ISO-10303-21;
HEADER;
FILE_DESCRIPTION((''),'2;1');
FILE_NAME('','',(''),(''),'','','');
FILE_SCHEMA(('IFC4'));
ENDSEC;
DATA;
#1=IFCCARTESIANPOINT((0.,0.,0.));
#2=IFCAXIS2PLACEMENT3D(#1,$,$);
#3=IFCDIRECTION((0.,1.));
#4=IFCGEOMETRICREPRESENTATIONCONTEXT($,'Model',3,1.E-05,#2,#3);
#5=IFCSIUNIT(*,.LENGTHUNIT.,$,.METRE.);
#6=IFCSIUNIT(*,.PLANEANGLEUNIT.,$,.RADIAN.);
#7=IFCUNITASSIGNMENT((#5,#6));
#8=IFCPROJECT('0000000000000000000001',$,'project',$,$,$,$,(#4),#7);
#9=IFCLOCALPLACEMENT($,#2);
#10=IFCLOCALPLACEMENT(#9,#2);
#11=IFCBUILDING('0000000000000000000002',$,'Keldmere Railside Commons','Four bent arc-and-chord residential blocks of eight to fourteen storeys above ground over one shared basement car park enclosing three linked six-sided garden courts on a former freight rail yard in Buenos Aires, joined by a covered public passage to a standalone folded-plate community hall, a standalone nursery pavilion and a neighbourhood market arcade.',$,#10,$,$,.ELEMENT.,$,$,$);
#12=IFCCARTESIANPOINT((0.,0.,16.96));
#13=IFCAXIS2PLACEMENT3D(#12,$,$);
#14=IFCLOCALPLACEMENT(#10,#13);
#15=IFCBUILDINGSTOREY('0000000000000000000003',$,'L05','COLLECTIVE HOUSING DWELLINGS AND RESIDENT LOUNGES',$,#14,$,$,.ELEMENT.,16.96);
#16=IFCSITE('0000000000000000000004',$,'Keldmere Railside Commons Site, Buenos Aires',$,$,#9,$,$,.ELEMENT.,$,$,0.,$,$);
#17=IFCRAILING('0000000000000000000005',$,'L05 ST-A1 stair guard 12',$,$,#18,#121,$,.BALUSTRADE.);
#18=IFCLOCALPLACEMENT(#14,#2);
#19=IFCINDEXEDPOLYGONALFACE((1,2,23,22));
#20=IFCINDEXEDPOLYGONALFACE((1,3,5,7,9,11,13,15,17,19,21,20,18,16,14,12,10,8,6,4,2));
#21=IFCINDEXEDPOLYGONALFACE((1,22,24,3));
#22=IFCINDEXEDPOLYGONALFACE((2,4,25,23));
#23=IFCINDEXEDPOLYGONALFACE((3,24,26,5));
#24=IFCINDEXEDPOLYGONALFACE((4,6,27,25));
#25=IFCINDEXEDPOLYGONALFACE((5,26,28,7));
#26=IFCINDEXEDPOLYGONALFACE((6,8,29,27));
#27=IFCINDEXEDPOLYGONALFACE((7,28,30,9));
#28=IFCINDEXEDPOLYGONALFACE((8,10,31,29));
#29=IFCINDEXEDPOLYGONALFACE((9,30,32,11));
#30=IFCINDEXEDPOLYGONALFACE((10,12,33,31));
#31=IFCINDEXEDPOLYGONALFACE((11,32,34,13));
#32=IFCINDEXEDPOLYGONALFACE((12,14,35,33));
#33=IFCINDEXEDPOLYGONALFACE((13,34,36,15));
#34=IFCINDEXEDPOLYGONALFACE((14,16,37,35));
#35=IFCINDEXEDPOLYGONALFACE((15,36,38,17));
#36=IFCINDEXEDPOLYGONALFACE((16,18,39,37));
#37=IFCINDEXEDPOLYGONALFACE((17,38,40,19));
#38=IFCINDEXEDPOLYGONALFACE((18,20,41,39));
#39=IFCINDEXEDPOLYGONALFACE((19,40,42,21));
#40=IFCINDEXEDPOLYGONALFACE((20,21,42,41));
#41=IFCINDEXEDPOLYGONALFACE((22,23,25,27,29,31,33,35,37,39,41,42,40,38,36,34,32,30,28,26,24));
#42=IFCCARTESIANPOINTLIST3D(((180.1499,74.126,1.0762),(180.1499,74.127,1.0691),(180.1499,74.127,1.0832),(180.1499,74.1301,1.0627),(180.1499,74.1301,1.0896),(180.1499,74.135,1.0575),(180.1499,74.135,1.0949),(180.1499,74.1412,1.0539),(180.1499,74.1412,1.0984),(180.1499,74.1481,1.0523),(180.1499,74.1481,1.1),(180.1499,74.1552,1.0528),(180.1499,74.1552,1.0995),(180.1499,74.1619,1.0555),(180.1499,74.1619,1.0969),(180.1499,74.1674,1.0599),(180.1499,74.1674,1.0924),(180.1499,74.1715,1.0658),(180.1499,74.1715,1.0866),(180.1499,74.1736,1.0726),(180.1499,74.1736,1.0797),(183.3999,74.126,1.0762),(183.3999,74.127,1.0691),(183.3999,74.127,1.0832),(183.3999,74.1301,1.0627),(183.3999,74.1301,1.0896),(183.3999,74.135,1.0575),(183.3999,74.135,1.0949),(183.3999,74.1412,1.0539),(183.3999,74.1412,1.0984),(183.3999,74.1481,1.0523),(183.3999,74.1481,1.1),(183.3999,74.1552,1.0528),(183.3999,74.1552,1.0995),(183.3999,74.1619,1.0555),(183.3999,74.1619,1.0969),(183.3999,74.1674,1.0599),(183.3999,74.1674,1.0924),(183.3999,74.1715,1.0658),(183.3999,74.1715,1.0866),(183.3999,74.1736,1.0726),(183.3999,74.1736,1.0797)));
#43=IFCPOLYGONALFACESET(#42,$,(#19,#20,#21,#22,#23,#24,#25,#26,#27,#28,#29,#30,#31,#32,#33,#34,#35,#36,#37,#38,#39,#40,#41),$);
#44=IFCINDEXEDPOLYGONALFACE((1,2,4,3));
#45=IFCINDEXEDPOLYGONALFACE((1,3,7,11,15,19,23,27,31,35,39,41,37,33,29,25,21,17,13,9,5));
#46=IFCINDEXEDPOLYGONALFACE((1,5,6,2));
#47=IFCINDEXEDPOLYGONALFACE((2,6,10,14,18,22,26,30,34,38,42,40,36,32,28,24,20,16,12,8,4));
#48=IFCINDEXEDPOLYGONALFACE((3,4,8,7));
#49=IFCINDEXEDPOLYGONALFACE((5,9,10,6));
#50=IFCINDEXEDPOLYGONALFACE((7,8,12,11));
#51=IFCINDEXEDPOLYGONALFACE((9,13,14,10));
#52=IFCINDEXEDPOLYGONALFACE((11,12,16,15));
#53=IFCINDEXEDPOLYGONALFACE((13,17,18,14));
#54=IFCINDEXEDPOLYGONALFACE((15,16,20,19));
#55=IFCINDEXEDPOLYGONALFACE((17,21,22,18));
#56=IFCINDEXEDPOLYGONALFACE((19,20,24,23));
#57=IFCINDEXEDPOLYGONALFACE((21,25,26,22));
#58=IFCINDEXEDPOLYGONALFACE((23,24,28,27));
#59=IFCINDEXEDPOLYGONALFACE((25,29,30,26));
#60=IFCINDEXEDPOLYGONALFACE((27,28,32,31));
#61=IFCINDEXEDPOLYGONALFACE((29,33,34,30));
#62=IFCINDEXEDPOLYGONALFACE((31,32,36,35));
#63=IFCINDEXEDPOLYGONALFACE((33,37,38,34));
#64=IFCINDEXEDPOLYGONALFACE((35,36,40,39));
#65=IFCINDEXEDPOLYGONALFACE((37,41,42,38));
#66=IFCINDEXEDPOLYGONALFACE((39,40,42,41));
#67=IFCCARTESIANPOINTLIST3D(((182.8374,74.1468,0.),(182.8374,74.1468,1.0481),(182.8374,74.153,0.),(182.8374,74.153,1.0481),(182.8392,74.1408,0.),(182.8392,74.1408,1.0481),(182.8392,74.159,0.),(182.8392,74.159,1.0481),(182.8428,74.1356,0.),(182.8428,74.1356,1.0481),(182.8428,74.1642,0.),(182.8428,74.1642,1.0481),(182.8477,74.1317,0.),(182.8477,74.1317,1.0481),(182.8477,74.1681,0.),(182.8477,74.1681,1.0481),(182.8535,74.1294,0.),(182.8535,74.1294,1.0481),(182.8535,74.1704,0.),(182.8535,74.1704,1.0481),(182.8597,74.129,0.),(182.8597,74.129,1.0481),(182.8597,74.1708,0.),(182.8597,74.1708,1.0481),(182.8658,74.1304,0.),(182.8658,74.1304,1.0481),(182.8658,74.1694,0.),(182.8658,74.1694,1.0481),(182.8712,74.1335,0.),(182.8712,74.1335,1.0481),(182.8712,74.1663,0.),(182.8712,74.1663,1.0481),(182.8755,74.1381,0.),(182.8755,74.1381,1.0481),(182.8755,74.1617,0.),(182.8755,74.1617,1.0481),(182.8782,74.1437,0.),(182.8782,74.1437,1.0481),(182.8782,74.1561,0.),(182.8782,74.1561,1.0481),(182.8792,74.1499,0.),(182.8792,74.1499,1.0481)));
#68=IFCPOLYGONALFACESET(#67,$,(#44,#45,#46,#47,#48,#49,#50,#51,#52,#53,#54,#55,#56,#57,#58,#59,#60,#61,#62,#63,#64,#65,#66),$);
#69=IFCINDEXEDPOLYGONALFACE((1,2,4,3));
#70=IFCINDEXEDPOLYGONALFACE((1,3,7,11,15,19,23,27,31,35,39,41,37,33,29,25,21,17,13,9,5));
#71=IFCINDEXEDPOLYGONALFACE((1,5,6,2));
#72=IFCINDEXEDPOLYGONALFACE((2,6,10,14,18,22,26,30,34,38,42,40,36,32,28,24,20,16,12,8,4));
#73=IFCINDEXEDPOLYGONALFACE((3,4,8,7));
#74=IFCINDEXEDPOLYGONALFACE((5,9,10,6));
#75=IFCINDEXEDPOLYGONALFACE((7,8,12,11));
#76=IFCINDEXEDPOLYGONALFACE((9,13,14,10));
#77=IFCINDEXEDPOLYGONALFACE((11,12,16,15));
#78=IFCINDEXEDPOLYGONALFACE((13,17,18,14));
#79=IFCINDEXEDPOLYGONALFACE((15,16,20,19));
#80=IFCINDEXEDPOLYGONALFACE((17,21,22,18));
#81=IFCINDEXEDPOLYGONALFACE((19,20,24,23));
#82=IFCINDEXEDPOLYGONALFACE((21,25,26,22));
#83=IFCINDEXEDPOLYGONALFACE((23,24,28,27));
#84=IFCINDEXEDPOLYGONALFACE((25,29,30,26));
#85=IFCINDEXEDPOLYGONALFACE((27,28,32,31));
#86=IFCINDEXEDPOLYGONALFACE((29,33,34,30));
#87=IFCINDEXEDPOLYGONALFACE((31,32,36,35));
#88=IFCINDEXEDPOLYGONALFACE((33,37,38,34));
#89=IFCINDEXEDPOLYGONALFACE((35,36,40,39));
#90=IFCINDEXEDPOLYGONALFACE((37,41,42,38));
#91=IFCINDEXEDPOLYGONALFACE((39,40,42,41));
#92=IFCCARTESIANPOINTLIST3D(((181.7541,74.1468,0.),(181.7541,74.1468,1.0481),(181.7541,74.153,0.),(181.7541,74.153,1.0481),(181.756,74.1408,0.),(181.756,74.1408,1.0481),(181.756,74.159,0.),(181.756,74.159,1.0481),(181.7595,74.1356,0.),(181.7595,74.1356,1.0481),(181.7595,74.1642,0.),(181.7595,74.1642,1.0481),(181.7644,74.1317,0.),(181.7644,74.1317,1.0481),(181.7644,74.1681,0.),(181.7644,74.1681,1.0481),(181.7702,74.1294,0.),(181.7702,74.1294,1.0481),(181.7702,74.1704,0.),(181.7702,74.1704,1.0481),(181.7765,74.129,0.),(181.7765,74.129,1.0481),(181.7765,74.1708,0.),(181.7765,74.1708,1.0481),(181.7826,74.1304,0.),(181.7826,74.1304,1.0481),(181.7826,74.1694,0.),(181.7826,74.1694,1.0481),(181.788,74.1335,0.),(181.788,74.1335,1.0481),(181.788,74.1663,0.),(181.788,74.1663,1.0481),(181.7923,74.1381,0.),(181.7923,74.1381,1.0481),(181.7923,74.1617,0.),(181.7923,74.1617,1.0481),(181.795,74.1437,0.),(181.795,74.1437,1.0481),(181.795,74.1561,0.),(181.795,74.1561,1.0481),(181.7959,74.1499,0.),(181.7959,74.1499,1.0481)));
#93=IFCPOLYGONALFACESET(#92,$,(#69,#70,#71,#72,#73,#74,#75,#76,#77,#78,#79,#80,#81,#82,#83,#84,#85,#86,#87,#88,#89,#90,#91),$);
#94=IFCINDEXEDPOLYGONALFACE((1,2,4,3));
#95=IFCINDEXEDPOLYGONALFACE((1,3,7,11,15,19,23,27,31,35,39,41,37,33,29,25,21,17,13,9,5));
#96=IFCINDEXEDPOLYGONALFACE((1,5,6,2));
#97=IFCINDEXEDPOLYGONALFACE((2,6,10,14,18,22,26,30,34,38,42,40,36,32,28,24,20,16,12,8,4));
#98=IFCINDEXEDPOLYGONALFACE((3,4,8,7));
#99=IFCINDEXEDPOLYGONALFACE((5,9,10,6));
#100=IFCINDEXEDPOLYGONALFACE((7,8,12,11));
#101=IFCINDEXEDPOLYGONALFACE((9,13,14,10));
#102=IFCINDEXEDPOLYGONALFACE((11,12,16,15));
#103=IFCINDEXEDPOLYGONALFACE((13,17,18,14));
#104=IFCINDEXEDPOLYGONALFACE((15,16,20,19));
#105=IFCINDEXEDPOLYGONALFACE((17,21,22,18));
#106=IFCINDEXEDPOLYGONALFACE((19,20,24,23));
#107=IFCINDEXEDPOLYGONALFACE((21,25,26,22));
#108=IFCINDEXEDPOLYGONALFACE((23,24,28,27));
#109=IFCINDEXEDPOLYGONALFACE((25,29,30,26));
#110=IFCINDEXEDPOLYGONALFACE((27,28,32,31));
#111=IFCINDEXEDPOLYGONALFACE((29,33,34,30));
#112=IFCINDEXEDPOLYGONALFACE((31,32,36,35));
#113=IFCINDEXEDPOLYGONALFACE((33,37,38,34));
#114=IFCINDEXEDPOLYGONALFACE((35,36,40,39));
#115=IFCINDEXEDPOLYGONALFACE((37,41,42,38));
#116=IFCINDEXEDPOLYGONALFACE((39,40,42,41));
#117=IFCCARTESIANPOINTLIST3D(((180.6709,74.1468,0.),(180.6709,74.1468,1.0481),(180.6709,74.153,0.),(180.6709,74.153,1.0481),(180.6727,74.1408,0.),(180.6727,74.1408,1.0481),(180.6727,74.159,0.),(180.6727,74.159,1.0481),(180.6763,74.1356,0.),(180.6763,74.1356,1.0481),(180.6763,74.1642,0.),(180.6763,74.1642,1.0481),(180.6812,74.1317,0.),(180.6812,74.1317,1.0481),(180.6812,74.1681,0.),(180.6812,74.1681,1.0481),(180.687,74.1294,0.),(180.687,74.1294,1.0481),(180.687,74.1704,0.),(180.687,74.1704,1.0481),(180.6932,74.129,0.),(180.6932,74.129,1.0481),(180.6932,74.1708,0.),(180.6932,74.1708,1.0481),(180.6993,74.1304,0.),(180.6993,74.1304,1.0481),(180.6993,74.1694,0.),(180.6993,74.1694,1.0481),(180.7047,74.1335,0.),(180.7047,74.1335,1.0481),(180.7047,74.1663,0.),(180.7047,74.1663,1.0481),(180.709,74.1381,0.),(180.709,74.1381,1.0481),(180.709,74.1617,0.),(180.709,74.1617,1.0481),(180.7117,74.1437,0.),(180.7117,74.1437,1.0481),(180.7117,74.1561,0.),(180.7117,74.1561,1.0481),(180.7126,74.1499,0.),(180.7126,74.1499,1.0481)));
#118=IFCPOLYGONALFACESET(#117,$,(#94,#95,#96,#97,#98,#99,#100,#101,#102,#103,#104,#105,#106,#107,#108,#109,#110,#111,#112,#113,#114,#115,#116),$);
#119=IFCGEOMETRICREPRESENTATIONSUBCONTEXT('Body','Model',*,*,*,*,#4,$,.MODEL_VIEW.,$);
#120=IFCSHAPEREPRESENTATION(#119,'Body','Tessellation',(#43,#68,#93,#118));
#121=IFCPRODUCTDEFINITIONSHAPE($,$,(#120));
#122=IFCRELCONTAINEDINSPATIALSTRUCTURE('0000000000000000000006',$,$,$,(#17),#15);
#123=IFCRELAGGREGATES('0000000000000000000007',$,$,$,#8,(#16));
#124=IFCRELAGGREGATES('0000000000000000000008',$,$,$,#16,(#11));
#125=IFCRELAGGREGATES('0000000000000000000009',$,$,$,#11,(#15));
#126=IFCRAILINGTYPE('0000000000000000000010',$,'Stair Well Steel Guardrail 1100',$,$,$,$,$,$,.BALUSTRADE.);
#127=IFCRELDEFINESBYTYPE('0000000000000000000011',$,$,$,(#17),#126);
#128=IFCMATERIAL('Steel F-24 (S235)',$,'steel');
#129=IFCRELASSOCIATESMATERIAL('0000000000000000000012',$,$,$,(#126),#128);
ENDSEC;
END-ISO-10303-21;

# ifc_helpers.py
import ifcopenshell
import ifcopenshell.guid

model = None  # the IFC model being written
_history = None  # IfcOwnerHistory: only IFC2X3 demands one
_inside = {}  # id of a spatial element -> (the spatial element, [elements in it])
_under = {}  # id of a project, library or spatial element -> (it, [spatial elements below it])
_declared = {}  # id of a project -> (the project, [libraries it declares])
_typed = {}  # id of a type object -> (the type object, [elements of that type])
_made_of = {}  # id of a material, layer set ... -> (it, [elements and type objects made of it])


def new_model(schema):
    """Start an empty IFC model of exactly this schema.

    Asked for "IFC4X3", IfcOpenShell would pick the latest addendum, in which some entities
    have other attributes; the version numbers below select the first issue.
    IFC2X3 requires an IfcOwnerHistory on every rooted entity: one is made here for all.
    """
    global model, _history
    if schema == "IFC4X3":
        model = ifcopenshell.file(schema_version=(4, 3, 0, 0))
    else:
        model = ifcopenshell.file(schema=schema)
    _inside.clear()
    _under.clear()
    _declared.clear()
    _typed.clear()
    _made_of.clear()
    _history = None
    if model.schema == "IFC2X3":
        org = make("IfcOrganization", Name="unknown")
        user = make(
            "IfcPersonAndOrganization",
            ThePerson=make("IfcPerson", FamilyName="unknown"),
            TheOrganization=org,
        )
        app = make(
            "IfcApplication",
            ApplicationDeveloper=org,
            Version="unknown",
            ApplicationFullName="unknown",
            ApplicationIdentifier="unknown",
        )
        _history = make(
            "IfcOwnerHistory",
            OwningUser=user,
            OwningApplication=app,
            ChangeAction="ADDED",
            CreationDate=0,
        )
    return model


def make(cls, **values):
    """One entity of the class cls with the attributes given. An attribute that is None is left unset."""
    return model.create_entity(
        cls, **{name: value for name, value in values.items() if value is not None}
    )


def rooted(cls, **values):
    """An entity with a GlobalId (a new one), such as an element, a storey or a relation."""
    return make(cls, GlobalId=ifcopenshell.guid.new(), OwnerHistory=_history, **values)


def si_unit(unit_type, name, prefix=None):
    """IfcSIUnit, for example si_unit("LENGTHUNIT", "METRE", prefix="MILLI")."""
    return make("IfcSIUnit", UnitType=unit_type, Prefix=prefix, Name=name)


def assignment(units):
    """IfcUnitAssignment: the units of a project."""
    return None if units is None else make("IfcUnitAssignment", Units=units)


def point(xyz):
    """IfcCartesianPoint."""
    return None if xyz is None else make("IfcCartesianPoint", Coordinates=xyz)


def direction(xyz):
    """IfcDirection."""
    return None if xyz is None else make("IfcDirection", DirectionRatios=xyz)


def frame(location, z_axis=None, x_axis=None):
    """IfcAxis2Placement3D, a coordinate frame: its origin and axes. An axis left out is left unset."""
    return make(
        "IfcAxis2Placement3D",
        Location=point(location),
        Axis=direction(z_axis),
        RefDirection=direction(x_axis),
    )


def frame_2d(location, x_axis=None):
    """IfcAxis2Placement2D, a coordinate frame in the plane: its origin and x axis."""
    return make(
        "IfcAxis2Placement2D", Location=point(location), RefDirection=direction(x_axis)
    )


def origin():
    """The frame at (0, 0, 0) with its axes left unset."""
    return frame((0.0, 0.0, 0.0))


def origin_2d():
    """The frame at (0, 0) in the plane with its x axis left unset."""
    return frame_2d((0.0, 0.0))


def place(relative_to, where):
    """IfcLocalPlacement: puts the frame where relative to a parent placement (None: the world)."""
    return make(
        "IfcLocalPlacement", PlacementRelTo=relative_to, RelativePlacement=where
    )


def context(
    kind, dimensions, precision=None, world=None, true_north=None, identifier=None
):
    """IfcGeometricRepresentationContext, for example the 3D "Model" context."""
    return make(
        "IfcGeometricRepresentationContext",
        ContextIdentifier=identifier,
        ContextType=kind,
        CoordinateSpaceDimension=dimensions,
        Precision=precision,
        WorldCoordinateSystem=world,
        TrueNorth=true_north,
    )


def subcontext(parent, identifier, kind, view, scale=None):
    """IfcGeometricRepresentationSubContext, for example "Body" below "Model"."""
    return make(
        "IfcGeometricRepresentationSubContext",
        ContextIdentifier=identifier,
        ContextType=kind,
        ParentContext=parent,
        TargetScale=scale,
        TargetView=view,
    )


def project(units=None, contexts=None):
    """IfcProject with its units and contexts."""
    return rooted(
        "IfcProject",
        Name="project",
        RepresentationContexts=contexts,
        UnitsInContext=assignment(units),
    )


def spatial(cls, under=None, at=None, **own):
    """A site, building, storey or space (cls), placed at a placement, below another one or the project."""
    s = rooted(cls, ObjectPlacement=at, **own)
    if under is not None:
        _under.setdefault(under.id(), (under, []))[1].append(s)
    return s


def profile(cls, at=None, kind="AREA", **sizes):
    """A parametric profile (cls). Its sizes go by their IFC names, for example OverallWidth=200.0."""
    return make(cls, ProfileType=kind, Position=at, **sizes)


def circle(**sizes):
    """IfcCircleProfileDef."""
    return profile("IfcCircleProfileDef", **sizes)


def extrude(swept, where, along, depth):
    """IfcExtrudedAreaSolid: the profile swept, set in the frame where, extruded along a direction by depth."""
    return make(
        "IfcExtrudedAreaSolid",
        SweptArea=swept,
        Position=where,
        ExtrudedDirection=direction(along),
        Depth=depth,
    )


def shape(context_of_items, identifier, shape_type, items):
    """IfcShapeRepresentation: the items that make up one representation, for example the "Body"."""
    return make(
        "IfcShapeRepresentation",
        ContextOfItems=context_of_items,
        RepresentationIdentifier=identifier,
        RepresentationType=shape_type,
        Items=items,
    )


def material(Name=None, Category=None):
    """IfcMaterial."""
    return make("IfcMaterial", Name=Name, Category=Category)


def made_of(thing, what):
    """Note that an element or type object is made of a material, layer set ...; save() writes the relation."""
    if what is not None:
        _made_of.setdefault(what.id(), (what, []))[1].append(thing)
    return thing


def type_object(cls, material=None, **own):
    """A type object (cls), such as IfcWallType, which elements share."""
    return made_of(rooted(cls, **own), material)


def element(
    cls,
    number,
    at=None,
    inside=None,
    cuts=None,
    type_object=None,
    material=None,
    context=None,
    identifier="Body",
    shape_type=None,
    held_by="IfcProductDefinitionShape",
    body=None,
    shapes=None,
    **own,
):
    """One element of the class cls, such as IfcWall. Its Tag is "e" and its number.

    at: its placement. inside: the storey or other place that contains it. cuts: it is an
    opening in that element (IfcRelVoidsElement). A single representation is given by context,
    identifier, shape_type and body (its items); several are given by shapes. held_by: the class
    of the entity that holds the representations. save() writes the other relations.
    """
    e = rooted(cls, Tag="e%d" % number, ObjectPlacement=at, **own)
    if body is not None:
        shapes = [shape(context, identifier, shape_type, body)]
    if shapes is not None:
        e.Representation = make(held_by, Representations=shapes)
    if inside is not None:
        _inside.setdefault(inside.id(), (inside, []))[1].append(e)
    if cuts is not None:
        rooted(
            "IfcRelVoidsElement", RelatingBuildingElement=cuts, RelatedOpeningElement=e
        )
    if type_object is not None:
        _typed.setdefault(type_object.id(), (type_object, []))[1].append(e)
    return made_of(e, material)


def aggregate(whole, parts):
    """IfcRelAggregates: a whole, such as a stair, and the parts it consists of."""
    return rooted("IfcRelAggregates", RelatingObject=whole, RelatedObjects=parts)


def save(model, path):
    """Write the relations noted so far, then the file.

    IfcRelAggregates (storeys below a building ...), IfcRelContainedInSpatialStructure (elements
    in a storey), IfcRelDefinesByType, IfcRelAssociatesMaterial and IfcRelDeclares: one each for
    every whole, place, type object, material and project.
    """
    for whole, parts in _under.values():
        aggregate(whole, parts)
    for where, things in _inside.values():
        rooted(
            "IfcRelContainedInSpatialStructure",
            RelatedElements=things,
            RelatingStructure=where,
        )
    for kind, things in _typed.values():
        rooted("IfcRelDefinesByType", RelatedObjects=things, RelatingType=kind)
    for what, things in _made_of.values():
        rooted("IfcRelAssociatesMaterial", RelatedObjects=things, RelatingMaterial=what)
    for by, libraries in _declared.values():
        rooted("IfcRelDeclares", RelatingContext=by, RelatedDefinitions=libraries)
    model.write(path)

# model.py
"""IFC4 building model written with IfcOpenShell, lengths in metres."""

from ifc_helpers import new_model, si_unit, direction, frame, origin, origin_2d, place, context, subcontext, project, spatial, circle, extrude, material, type_object, element, save


model = new_model("IFC4")

# Units and contexts
model_context = context("Model", 3, precision=1e-05, world=origin(), true_north=direction((0.0, 1.0)))
body_context = subcontext(model_context, "Body", "Model", "MODEL_VIEW")
ifc_project = project(units=[si_unit("LENGTHUNIT", "METRE"), si_unit("PLANEANGLEUNIT", "RADIAN")], contexts=[model_context])

# Site, building, storey
site_placement = place(None, origin())
site = spatial("IfcSite", under=ifc_project, at=site_placement, Name="Keldmere Railside Commons Site, Buenos Aires", CompositionType="ELEMENT", RefElevation=0.0)
building_placement = place(site_placement, origin())
building = spatial("IfcBuilding", under=site, at=building_placement, Name="Keldmere Railside Commons", Description="Four bent arc-and-chord residential blocks of eight to fourteen storeys above ground over one shared basement car park enclosing three linked six-sided garden courts on a former freight rail yard in Buenos Aires, joined by a covered public passage to a standalone folded-plate community hall, a standalone nursery pavilion and a neighbourhood market arcade.", CompositionType="ELEMENT")
storey_placement = place(building_placement, frame((0.0, 0.0, 16.96)))
storey = spatial("IfcBuildingStorey", under=building, at=storey_placement, Name="L05", Description="COLLECTIVE HOUSING DWELLINGS AND RESIDENT LOUNGES", CompositionType="ELEMENT", Elevation=16.96)

# Shared definitions
ifc_material_1 = material(Name="Steel F-24 (S235)", Category="steel")

# Railing
railing_type_1 = type_object("IfcRailingType", Name="Stair Well Steel Guardrail 1100", PredefinedType="BALUSTRADE", material=ifc_material_1)
railing_1_placement = place(storey_placement, frame((183.3999, 74.1499, 0.0)))
element("IfcRailing", 1, at=railing_1_placement, inside=storey, type_object=railing_type_1, Name="L05 ST-A1 stair guard 12", PredefinedType="BALUSTRADE", context=body_context, shape_type="SweptSolid", body=[
    extrude(circle(Radius=0.0239, at=origin_2d()), frame((0.0, 0.0, 1.0762), z_axis=(-1.0, 0.0, 0.0), x_axis=(0.0, -1.0, 0.0)), (0.0, 0.0, 1.0), 3.25),
    extrude(circle(Radius=0.021, at=origin_2d()), frame((-0.5417, 0.0, 0.0)), (0.0, 0.0, 1.0), 1.0481),
    extrude(circle(Radius=0.021, at=origin_2d()), frame((-1.625, 0.0, 0.0)), (0.0, 0.0, 1.0), 1.0481),
    extrude(circle(Radius=0.021, at=origin_2d()), frame((-2.7083, 0.0, 0.0)), (0.0, 0.0, 1.0), 1.0481),
])

save(model, "model.ifc")
